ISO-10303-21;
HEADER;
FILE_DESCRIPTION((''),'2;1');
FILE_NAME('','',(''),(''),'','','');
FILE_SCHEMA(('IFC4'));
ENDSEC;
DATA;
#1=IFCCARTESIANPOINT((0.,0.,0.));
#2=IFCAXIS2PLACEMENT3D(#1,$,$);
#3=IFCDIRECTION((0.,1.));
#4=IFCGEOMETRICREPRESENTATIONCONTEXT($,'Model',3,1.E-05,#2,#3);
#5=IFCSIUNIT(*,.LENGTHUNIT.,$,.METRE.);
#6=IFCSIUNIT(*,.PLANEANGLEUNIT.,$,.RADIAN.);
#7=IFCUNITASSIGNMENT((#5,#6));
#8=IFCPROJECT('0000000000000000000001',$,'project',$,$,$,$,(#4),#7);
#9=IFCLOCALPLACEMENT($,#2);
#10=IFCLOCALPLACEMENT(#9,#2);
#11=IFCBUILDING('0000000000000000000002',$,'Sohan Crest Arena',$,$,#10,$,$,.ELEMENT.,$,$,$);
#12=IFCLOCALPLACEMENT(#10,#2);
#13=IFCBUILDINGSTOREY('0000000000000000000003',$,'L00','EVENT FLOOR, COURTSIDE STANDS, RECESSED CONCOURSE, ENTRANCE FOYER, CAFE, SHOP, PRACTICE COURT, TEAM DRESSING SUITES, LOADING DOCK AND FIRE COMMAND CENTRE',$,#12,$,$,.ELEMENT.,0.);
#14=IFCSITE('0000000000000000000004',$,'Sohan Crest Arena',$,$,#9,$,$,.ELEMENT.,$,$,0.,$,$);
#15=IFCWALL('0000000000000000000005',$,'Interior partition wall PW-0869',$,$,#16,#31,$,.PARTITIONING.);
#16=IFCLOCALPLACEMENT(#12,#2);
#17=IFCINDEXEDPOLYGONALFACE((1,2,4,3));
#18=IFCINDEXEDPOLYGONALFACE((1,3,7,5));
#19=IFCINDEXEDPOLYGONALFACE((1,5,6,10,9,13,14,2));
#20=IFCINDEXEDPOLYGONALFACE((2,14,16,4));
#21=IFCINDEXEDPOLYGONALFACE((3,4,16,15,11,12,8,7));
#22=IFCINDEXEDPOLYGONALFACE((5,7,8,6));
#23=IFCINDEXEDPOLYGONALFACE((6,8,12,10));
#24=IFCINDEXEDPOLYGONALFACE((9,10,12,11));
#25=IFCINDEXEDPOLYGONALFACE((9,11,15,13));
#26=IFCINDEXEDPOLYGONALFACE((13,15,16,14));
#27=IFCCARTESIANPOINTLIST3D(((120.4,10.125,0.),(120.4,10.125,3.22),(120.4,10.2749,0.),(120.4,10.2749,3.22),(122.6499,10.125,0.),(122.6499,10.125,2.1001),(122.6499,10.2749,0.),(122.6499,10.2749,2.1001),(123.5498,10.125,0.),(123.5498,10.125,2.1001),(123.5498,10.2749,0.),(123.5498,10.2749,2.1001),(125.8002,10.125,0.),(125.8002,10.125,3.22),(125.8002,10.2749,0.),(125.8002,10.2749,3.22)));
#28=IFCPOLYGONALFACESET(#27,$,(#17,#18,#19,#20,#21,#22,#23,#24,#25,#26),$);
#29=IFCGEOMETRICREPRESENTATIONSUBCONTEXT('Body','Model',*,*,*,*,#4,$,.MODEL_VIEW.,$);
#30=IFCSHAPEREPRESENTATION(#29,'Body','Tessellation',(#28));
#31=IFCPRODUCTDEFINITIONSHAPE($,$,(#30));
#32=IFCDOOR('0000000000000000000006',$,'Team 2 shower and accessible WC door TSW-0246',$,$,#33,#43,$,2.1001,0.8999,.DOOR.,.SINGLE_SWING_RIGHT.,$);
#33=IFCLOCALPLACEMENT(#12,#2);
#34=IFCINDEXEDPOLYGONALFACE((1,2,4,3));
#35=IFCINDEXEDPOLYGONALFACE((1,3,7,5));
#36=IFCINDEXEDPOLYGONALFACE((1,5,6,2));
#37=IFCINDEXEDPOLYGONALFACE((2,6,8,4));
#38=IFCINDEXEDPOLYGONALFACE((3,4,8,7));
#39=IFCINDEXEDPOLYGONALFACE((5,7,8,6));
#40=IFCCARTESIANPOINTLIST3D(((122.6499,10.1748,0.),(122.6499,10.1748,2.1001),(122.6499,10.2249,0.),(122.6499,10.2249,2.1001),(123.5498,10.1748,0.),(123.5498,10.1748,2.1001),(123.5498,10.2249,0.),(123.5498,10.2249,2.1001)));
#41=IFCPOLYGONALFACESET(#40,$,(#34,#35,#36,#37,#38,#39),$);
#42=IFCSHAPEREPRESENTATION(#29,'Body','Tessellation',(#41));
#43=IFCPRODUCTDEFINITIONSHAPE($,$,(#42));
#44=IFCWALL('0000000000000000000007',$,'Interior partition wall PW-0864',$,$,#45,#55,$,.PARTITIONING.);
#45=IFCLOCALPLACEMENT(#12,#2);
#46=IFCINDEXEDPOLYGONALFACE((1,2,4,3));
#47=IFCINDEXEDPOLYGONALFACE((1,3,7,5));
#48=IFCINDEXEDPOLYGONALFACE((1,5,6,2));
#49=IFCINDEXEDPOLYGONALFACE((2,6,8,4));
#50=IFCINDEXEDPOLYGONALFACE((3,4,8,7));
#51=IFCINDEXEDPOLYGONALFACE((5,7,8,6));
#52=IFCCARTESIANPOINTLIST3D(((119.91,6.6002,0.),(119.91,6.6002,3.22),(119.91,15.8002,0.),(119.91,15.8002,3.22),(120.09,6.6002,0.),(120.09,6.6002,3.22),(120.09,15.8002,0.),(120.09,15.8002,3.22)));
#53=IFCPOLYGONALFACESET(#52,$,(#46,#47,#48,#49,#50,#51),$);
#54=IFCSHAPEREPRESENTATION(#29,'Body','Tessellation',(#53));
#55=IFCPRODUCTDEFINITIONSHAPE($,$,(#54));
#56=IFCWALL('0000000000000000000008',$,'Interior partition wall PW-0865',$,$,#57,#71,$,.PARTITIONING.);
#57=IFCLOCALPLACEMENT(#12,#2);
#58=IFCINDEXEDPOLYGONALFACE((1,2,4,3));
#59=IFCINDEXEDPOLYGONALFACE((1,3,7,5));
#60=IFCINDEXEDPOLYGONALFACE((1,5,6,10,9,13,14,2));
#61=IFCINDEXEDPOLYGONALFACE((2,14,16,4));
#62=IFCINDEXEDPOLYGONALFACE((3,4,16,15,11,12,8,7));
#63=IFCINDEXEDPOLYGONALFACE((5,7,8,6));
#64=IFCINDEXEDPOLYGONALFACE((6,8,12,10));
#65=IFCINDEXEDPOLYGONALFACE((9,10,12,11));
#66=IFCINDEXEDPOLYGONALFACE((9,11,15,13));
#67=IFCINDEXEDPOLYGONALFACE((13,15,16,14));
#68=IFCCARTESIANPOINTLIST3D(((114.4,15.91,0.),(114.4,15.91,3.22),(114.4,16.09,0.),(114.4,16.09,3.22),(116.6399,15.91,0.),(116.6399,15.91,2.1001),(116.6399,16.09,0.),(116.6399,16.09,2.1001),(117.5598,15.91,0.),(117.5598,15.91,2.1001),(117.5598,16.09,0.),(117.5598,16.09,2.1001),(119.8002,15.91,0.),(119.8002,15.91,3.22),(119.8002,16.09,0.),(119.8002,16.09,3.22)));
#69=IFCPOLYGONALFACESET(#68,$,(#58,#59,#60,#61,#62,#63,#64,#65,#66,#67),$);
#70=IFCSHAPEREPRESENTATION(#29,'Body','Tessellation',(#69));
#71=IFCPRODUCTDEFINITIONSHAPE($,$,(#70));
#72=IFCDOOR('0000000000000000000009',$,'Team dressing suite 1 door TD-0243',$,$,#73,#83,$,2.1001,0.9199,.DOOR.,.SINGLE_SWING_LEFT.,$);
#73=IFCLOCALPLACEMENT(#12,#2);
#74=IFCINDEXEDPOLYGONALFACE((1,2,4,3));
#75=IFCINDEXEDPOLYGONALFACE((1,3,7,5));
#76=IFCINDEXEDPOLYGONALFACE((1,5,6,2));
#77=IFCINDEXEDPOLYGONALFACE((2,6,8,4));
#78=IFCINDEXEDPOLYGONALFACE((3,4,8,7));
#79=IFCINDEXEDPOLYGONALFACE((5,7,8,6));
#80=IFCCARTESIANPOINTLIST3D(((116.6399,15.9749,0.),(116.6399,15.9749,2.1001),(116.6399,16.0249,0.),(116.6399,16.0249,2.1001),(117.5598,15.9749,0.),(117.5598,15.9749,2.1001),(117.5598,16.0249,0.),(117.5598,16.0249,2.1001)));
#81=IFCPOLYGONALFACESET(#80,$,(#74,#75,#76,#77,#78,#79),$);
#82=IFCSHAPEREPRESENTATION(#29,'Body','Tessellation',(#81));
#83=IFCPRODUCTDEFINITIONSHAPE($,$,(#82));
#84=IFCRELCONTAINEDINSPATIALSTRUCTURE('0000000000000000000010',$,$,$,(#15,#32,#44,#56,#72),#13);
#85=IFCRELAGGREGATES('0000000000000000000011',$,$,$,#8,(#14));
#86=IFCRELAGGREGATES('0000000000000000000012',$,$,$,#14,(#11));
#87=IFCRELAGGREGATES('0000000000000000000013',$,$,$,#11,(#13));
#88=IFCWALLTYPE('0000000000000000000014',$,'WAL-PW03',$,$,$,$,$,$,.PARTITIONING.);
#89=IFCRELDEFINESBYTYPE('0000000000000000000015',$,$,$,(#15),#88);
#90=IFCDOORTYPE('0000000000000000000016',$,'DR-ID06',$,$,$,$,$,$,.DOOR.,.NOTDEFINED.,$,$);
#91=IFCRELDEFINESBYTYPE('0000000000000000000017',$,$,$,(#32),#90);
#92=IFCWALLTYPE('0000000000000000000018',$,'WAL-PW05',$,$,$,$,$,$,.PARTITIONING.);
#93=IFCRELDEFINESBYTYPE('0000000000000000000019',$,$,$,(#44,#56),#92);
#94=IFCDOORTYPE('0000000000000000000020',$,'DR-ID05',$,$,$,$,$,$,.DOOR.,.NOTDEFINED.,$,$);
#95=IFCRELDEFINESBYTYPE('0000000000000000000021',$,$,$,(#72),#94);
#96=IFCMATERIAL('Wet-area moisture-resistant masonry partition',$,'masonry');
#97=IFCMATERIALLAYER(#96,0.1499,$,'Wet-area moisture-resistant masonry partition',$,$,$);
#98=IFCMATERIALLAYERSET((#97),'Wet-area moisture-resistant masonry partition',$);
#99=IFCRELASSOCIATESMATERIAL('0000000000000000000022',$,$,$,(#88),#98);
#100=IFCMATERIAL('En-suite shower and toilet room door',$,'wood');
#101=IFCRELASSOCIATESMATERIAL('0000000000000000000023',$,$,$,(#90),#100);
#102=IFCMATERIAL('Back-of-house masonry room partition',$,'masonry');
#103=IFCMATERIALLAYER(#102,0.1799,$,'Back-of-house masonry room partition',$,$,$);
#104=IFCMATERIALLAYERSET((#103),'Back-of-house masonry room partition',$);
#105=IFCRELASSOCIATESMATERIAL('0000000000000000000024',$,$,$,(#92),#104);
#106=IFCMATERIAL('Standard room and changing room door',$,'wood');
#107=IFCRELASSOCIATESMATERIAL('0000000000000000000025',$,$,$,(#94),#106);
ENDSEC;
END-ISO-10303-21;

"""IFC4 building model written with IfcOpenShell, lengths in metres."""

from ifc_helpers import new_model, si_unit, direction, frame, frame_2d, origin, place, context, subcontext, project, spatial, rectangle, extrude, material, layer, layer_set, type_object, element, fill, save


model = new_model("IFC4")

# Units and contexts
model_context = context("Model", 3, precision=1e-05, world=origin(), true_north=direction((0.0, 1.0)))
body_context = subcontext(model_context, "Body", "Model", "MODEL_VIEW")
ifc_project = project(units=[si_unit("LENGTHUNIT", "METRE"), si_unit("PLANEANGLEUNIT", "RADIAN")], contexts=[model_context])

# Site, building, storey
site_placement = place(None, origin())
site = spatial("IfcSite", under=ifc_project, at=site_placement, Name="Sohan Crest Arena", CompositionType="ELEMENT", RefElevation=0.0)
building_placement = place(site_placement, origin())
building = spatial("IfcBuilding", under=site, at=building_placement, Name="Sohan Crest Arena", CompositionType="ELEMENT")
storey_placement = place(building_placement, origin())
storey = spatial("IfcBuildingStorey", under=building, at=storey_placement, Name="L00", Description="EVENT FLOOR, COURTSIDE STANDS, RECESSED CONCOURSE, ENTRANCE FOYER, CAFE, SHOP, PRACTICE COURT, TEAM DRESSING SUITES, LOADING DOCK AND FIRE COMMAND CENTRE", CompositionType="ELEMENT", Elevation=0.0)

# Wall, opening, door
ifc_material_1 = material(Name="Wet-area moisture-resistant masonry partition", Category="masonry")
ifc_layer_1 = layer(ifc_material_1, 0.1499, Name="Wet-area moisture-resistant masonry partition")
ifc_layer_set_1 = layer_set([ifc_layer_1], Name="Wet-area moisture-resistant masonry partition")
wall_type_1 = type_object("IfcWallType", Name="WAL-PW03", PredefinedType="PARTITIONING", material=ifc_layer_set_1)
ifc_material_2 = material(Name="En-suite shower and toilet room door", Category="wood")
door_type_1 = type_object("IfcDoorType", Name="DR-ID06", OperationType="NOTDEFINED", PredefinedType="DOOR", material=ifc_material_2)
wall_1_placement = place(storey_placement, frame((120.3999, 10.2, 0.0), z_axis=(0.0, 0.0, 1.0), x_axis=(1.0, 0.0, 0.0)))
wall_1 = element("IfcWall", 1, at=wall_1_placement, inside=storey, type_object=wall_type_1, Name="Interior partition wall PW-0869", PredefinedType="PARTITIONING", context=body_context, shape_type="SweptSolid", body=[
    extrude(rectangle(XDim=5.4001, YDim=0.1499, at=frame_2d((2.7002, 0.0))), origin(), (0.0, 0.0, 1.0), 3.22),
])
opening_1_placement = place(wall_1_placement, frame((2.25, 0.0, 0.0)))
opening_1 = element("IfcOpeningElement", 2, at=opening_1_placement, cuts=wall_1, PredefinedType="OPENING", context=body_context, shape_type="SweptSolid", body=[
    extrude(rectangle(XDim=0.8999, YDim=2.1001, at=frame_2d((0.45, 1.05))), frame((0.0, 0.085, 0.0), z_axis=(0.0, -1.0, 0.0), x_axis=(1.0, 0.0, 0.0)), (0.0, 0.0, 1.0), 0.1699),
])
door_1_placement = place(opening_1_placement, origin())
door_1 = element("IfcDoor", 3, at=door_1_placement, inside=storey, type_object=door_type_1, Name="Team 2 shower and accessible WC door TSW-0246", OperationType="SINGLE_SWING_RIGHT", OverallHeight=2.1001, OverallWidth=0.8999, PredefinedType="DOOR", context=body_context, shape_type="SweptSolid", body=[
    extrude(rectangle(XDim=0.8999, YDim=2.1001, at=frame_2d((0.45, 1.05))), frame((0.0, 0.0249, 0.0), z_axis=(0.0, -1.0, 0.0), x_axis=(1.0, 0.0, 0.0)), (0.0, 0.0, 1.0), 0.05),
])
fill(opening_1, door_1)

# Wall
ifc_material_3 = material(Name="Back-of-house masonry room partition", Category="masonry")
ifc_layer_2 = layer(ifc_material_3, 0.1799, Name="Back-of-house masonry room partition")
ifc_layer_set_2 = layer_set([ifc_layer_2], Name="Back-of-house masonry room partition")
wall_type_2 = type_object("IfcWallType", Name="WAL-PW05", PredefinedType="PARTITIONING", material=ifc_layer_set_2)
wall_2_placement = place(storey_placement, frame((120.0, 6.6001, 0.0), z_axis=(0.0, 0.0, 1.0), x_axis=(0.0, 1.0, 0.0)))
element("IfcWall", 4, at=wall_2_placement, inside=storey, type_object=wall_type_2, Name="Interior partition wall PW-0864", PredefinedType="PARTITIONING", context=body_context, shape_type="SweptSolid", body=[
    extrude(rectangle(XDim=9.2, YDim=0.1799, at=frame_2d((4.6001, 0.0))), origin(), (0.0, 0.0, 1.0), 3.22),
])

# Wall, opening, door
wall_3_placement = place(storey_placement, frame((114.3999, 16.0, 0.0), z_axis=(0.0, 0.0, 1.0), x_axis=(1.0, 0.0, 0.0)))
wall_3 = element("IfcWall", 5, at=wall_3_placement, inside=storey, type_object=wall_type_2, Name="Interior partition wall PW-0865", PredefinedType="PARTITIONING", context=body_context, shape_type="SweptSolid", body=[
    extrude(rectangle(XDim=5.4001, YDim=0.1799, at=frame_2d((2.7002, 0.0))), origin(), (0.0, 0.0, 1.0), 3.22),
])
opening_2_placement = place(wall_3_placement, frame((2.24, 0.0, 0.0)))
opening_2 = element("IfcOpeningElement", 6, at=opening_2_placement, cuts=wall_3, PredefinedType="OPENING", context=body_context, shape_type="SweptSolid", body=[
    extrude(rectangle(XDim=0.9199, YDim=2.1001, at=frame_2d((0.46, 1.05))), frame((0.0, 0.0999, 0.0), z_axis=(0.0, -1.0, 0.0), x_axis=(1.0, 0.0, 0.0)), (0.0, 0.0, 1.0), 0.2),
])
ifc_material_4 = material(Name="Standard room and changing room door", Category="wood")
door_type_2 = type_object("IfcDoorType", Name="DR-ID05", OperationType="NOTDEFINED", PredefinedType="DOOR", material=ifc_material_4)
door_2_placement = place(opening_2_placement, origin())
door_2 = element("IfcDoor", 7, at=door_2_placement, inside=storey, type_object=door_type_2, Name="Team dressing suite 1 door TD-0243", OperationType="SINGLE_SWING_LEFT", OverallHeight=2.1001, OverallWidth=0.9199, PredefinedType="DOOR", context=body_context, shape_type="SweptSolid", body=[
    extrude(rectangle(XDim=0.9199, YDim=2.1001, at=frame_2d((0.46, 1.05))), frame((0.0, 0.0249, 0.0), z_axis=(0.0, -1.0, 0.0), x_axis=(1.0, 0.0, 0.0)), (0.0, 0.0, 1.0), 0.05),
])
fill(opening_2, door_2)

save(model, "model.ifc")
